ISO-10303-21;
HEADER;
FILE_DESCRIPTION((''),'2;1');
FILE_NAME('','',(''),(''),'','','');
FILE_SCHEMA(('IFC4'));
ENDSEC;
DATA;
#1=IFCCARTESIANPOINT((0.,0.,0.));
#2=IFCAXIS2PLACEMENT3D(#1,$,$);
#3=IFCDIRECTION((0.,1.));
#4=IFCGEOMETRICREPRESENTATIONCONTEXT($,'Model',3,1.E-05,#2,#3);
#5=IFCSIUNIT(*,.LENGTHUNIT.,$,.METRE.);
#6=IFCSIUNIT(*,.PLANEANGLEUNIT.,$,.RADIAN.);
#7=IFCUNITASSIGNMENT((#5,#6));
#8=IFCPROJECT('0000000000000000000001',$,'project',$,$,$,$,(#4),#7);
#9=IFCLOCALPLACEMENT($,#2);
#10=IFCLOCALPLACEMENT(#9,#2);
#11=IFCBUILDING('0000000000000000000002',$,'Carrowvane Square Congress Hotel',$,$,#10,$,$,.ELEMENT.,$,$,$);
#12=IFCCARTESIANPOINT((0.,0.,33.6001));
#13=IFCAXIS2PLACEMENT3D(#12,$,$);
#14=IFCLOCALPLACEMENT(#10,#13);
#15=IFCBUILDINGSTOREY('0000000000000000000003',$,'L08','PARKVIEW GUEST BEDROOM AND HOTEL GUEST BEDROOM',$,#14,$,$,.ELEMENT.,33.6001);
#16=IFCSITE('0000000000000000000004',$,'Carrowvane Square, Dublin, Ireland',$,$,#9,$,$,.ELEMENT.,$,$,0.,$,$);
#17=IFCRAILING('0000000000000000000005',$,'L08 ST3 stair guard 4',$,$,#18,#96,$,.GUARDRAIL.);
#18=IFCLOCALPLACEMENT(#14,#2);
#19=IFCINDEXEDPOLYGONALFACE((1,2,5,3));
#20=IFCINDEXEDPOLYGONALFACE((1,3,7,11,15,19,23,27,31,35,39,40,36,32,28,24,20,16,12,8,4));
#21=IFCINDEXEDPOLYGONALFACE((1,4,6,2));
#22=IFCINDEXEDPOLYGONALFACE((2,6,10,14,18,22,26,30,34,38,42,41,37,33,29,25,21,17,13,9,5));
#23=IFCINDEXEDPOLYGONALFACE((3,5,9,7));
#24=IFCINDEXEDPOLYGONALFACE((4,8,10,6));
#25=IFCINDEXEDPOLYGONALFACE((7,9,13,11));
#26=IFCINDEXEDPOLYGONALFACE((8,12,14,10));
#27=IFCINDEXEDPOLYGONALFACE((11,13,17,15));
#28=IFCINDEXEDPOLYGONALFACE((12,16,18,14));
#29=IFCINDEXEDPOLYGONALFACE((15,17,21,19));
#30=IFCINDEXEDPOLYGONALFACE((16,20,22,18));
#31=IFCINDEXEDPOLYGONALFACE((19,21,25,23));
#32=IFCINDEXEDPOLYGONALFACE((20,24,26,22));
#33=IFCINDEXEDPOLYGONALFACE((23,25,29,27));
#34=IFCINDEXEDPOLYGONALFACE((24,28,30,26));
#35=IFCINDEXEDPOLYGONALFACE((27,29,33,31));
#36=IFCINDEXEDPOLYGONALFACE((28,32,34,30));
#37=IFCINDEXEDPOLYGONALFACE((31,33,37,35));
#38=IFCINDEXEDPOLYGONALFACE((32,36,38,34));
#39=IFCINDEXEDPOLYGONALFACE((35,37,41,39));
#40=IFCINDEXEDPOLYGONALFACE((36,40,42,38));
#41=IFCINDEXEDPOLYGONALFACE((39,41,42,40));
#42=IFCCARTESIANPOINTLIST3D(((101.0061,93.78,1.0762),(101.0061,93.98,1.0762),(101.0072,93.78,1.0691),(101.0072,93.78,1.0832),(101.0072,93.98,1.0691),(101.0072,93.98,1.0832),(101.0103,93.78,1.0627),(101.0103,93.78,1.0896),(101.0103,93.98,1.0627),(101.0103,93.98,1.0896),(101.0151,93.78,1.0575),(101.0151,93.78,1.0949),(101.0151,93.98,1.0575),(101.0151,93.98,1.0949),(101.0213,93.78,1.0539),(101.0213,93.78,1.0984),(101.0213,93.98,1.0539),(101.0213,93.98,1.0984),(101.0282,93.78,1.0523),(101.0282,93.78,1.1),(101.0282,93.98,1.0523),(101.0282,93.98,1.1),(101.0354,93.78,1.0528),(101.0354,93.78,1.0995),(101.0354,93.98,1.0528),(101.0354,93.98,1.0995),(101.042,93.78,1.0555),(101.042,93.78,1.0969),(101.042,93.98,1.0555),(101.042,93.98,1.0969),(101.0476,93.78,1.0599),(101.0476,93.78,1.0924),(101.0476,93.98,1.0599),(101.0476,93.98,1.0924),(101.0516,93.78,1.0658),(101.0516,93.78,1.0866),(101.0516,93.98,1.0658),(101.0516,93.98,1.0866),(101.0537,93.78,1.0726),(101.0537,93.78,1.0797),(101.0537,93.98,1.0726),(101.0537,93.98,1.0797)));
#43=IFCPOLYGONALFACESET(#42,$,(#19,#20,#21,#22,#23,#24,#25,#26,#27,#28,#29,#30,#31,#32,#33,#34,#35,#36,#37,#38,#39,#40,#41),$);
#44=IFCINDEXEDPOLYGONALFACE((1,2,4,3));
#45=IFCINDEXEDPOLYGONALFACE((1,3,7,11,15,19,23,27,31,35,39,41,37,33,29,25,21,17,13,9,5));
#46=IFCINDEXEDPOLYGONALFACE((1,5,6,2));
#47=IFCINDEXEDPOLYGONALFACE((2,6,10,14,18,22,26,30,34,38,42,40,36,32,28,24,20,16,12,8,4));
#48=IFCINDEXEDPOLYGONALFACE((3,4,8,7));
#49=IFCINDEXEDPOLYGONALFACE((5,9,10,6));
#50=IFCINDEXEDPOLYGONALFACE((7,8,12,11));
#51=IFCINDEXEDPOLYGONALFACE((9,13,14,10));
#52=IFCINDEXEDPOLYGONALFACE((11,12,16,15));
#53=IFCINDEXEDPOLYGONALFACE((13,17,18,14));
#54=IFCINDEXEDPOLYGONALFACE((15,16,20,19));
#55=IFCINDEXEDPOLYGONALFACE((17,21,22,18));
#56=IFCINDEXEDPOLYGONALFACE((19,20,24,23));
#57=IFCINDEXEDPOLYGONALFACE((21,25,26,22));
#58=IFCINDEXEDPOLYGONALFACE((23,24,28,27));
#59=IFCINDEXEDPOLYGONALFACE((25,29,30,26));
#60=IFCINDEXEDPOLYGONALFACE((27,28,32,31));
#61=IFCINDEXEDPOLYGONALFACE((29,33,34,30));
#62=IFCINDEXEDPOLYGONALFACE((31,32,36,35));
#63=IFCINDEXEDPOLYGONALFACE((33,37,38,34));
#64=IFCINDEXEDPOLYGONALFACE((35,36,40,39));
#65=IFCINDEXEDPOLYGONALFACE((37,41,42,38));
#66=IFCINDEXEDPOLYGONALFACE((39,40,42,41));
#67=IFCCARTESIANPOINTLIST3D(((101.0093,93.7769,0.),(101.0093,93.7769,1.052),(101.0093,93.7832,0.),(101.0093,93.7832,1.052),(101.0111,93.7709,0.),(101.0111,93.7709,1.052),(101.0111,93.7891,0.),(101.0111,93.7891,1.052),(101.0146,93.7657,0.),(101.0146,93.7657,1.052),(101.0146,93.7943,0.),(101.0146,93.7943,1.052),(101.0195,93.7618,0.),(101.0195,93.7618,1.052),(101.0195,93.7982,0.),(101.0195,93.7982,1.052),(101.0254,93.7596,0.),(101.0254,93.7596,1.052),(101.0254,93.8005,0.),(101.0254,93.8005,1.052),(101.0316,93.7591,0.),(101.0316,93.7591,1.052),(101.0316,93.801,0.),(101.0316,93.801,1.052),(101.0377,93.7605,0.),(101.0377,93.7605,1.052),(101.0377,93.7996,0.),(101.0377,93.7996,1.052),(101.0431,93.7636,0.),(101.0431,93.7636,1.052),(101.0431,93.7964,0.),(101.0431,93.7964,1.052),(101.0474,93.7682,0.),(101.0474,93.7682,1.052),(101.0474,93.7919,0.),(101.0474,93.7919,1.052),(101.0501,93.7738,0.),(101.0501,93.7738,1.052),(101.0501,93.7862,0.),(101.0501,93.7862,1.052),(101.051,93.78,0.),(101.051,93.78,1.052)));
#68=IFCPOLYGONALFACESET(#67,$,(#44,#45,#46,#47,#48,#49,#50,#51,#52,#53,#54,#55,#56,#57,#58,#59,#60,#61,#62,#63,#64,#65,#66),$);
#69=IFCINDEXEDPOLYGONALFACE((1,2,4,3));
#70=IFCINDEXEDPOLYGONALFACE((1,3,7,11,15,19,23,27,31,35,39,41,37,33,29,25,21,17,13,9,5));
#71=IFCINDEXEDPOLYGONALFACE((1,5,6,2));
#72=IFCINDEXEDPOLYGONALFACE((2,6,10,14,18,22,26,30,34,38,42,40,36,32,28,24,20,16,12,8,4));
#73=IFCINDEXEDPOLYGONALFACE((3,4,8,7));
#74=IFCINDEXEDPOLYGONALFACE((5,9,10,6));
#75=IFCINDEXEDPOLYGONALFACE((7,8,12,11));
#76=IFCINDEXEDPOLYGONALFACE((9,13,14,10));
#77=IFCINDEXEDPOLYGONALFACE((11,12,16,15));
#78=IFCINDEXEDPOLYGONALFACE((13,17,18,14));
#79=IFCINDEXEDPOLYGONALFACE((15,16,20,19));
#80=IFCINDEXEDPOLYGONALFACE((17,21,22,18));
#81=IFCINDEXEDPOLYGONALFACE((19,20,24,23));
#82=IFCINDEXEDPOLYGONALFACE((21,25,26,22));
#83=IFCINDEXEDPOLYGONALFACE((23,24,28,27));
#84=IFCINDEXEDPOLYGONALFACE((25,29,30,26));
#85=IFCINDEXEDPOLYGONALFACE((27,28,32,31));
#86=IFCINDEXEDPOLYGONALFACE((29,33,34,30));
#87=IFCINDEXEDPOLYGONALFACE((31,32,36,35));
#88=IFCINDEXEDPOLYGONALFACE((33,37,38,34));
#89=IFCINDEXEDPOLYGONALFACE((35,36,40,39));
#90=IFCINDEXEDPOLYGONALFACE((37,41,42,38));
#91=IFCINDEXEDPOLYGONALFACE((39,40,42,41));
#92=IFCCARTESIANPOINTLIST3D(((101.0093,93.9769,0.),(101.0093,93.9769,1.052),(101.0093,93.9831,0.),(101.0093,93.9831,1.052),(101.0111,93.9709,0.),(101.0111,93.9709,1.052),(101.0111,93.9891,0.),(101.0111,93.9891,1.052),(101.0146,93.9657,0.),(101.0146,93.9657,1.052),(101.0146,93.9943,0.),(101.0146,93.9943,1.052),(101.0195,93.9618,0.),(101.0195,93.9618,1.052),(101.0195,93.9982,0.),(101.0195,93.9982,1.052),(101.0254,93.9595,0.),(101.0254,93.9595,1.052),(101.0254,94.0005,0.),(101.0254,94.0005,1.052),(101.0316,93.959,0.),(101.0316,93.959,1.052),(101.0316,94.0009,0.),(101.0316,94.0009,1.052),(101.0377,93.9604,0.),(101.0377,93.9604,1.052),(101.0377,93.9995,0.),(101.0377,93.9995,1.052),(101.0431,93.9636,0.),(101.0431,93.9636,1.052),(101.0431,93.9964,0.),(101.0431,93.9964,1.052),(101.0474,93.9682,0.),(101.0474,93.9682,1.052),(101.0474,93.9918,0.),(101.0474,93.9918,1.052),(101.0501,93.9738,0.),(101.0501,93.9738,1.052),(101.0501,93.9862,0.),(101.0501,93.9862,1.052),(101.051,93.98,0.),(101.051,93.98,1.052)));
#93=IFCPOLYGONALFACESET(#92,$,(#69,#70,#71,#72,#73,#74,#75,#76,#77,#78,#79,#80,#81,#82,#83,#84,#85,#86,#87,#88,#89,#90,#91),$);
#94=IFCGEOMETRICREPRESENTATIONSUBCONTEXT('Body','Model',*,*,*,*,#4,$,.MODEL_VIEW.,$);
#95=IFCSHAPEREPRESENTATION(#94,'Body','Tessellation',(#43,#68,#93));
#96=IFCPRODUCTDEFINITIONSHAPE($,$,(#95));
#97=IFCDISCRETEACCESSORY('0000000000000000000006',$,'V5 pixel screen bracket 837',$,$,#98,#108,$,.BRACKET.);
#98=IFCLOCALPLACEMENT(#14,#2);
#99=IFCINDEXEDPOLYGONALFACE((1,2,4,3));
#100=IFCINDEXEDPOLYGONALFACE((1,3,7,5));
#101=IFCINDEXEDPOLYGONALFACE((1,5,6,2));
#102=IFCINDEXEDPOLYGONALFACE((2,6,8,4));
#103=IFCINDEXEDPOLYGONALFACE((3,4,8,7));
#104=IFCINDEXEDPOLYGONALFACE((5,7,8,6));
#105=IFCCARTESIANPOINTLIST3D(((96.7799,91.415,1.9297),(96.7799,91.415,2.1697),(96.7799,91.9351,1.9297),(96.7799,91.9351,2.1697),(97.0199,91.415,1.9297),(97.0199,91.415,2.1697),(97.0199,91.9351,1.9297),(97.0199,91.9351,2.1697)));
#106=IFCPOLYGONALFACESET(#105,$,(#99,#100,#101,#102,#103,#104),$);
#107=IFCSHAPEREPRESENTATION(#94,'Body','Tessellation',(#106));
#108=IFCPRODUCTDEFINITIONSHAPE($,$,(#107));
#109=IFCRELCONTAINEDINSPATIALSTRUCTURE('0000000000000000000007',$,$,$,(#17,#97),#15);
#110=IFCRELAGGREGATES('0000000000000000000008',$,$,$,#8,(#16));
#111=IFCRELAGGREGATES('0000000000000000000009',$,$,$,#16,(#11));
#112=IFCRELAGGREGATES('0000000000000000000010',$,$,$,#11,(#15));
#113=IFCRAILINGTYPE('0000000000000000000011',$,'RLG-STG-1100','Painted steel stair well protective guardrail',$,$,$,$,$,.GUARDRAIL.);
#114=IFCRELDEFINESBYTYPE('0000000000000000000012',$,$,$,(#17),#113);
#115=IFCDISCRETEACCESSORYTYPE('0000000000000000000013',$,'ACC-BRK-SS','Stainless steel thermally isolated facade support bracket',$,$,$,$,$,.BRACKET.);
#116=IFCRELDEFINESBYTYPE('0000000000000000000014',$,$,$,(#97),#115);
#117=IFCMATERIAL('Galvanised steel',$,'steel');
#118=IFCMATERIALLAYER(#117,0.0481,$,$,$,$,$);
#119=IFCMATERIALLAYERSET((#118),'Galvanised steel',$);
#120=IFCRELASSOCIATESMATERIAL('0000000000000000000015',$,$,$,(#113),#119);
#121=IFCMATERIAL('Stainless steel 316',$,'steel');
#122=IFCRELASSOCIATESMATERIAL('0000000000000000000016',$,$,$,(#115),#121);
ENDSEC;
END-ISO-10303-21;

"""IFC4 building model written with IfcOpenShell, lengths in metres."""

from ifc_helpers import new_model, si_unit, direction, frame, origin, origin_2d, place, context, subcontext, project, spatial, rectangle, circle, extrude, material, layer, layer_set, type_object, element, save


model = new_model("IFC4")

# Units and contexts
model_context = context("Model", 3, precision=1e-05, world=origin(), true_north=direction((0.0, 1.0)))
body_context = subcontext(model_context, "Body", "Model", "MODEL_VIEW")
ifc_project = project(units=[si_unit("LENGTHUNIT", "METRE"), si_unit("PLANEANGLEUNIT", "RADIAN")], contexts=[model_context])

# Site, building, storey
site_placement = place(None, origin())
site = spatial("IfcSite", under=ifc_project, at=site_placement, Name="Carrowvane Square, Dublin, Ireland", CompositionType="ELEMENT", RefElevation=0.0)
building_placement = place(site_placement, origin())
building = spatial("IfcBuilding", under=site, at=building_placement, Name="Carrowvane Square Congress Hotel", CompositionType="ELEMENT")
storey_placement = place(building_placement, frame((0.0, 0.0, 33.6001)))
storey = spatial("IfcBuildingStorey", under=building, at=storey_placement, Name="L08", Description="PARKVIEW GUEST BEDROOM AND HOTEL GUEST BEDROOM", CompositionType="ELEMENT", Elevation=33.6001)

# Railing
ifc_material_1 = material(Name="Galvanised steel", Category="steel")
ifc_layer_1 = layer(ifc_material_1, 0.0481)
ifc_layer_set_1 = layer_set([ifc_layer_1], Name="Galvanised steel")
railing_type = type_object("IfcRailingType", Name="RLG-STG-1100", Description="Painted steel stair well protective guardrail", PredefinedType="GUARDRAIL", material=ifc_layer_set_1)
railing_placement = place(storey_placement, frame((101.03, 93.78, 0.0)))
element("IfcRailing", 1, at=railing_placement, inside=storey, type_object=railing_type, Name="L08 ST3 stair guard 4", PredefinedType="GUARDRAIL", context=body_context, shape_type="SweptSolid", body=[
    extrude(circle(Radius=0.0239, at=origin_2d()), frame((0.0, 0.0, 1.0762), z_axis=(0.0, 1.0, 0.0), x_axis=(-1.0, 0.0, 0.0)), (0.0, 0.0, 1.0), 0.2),
    extrude(circle(Radius=0.021, at=origin_2d()), origin(), (0.0, 0.0, 1.0), 1.052),
    extrude(circle(Radius=0.021, at=origin_2d()), frame((0.0, 0.2, 0.0)), (0.0, 0.0, 1.0), 1.052),
])

# Discrete accessory
ifc_material_2 = material(Name="Stainless steel 316", Category="steel")
discrete_accessory_type = type_object("IfcDiscreteAccessoryType", Name="ACC-BRK-SS", Description="Stainless steel thermally isolated facade support bracket", PredefinedType="BRACKET", material=ifc_material_2)
discrete_accessory_placement = place(storey_placement, frame((96.8999, 91.675, 1.9297), z_axis=(0.0, 0.0, 1.0), x_axis=(-1.0, 0.0, 0.0)))
element("IfcDiscreteAccessory", 2, at=discrete_accessory_placement, inside=storey, type_object=discrete_accessory_type, Name="V5 pixel screen bracket 837", PredefinedType="BRACKET", context=body_context, shape_type="SweptSolid", body=[
    extrude(rectangle(XDim=0.24, YDim=0.52, at=origin_2d()), origin(), (0.0, 0.0, 1.0), 0.24),
])

save(model, "model.ifc")
